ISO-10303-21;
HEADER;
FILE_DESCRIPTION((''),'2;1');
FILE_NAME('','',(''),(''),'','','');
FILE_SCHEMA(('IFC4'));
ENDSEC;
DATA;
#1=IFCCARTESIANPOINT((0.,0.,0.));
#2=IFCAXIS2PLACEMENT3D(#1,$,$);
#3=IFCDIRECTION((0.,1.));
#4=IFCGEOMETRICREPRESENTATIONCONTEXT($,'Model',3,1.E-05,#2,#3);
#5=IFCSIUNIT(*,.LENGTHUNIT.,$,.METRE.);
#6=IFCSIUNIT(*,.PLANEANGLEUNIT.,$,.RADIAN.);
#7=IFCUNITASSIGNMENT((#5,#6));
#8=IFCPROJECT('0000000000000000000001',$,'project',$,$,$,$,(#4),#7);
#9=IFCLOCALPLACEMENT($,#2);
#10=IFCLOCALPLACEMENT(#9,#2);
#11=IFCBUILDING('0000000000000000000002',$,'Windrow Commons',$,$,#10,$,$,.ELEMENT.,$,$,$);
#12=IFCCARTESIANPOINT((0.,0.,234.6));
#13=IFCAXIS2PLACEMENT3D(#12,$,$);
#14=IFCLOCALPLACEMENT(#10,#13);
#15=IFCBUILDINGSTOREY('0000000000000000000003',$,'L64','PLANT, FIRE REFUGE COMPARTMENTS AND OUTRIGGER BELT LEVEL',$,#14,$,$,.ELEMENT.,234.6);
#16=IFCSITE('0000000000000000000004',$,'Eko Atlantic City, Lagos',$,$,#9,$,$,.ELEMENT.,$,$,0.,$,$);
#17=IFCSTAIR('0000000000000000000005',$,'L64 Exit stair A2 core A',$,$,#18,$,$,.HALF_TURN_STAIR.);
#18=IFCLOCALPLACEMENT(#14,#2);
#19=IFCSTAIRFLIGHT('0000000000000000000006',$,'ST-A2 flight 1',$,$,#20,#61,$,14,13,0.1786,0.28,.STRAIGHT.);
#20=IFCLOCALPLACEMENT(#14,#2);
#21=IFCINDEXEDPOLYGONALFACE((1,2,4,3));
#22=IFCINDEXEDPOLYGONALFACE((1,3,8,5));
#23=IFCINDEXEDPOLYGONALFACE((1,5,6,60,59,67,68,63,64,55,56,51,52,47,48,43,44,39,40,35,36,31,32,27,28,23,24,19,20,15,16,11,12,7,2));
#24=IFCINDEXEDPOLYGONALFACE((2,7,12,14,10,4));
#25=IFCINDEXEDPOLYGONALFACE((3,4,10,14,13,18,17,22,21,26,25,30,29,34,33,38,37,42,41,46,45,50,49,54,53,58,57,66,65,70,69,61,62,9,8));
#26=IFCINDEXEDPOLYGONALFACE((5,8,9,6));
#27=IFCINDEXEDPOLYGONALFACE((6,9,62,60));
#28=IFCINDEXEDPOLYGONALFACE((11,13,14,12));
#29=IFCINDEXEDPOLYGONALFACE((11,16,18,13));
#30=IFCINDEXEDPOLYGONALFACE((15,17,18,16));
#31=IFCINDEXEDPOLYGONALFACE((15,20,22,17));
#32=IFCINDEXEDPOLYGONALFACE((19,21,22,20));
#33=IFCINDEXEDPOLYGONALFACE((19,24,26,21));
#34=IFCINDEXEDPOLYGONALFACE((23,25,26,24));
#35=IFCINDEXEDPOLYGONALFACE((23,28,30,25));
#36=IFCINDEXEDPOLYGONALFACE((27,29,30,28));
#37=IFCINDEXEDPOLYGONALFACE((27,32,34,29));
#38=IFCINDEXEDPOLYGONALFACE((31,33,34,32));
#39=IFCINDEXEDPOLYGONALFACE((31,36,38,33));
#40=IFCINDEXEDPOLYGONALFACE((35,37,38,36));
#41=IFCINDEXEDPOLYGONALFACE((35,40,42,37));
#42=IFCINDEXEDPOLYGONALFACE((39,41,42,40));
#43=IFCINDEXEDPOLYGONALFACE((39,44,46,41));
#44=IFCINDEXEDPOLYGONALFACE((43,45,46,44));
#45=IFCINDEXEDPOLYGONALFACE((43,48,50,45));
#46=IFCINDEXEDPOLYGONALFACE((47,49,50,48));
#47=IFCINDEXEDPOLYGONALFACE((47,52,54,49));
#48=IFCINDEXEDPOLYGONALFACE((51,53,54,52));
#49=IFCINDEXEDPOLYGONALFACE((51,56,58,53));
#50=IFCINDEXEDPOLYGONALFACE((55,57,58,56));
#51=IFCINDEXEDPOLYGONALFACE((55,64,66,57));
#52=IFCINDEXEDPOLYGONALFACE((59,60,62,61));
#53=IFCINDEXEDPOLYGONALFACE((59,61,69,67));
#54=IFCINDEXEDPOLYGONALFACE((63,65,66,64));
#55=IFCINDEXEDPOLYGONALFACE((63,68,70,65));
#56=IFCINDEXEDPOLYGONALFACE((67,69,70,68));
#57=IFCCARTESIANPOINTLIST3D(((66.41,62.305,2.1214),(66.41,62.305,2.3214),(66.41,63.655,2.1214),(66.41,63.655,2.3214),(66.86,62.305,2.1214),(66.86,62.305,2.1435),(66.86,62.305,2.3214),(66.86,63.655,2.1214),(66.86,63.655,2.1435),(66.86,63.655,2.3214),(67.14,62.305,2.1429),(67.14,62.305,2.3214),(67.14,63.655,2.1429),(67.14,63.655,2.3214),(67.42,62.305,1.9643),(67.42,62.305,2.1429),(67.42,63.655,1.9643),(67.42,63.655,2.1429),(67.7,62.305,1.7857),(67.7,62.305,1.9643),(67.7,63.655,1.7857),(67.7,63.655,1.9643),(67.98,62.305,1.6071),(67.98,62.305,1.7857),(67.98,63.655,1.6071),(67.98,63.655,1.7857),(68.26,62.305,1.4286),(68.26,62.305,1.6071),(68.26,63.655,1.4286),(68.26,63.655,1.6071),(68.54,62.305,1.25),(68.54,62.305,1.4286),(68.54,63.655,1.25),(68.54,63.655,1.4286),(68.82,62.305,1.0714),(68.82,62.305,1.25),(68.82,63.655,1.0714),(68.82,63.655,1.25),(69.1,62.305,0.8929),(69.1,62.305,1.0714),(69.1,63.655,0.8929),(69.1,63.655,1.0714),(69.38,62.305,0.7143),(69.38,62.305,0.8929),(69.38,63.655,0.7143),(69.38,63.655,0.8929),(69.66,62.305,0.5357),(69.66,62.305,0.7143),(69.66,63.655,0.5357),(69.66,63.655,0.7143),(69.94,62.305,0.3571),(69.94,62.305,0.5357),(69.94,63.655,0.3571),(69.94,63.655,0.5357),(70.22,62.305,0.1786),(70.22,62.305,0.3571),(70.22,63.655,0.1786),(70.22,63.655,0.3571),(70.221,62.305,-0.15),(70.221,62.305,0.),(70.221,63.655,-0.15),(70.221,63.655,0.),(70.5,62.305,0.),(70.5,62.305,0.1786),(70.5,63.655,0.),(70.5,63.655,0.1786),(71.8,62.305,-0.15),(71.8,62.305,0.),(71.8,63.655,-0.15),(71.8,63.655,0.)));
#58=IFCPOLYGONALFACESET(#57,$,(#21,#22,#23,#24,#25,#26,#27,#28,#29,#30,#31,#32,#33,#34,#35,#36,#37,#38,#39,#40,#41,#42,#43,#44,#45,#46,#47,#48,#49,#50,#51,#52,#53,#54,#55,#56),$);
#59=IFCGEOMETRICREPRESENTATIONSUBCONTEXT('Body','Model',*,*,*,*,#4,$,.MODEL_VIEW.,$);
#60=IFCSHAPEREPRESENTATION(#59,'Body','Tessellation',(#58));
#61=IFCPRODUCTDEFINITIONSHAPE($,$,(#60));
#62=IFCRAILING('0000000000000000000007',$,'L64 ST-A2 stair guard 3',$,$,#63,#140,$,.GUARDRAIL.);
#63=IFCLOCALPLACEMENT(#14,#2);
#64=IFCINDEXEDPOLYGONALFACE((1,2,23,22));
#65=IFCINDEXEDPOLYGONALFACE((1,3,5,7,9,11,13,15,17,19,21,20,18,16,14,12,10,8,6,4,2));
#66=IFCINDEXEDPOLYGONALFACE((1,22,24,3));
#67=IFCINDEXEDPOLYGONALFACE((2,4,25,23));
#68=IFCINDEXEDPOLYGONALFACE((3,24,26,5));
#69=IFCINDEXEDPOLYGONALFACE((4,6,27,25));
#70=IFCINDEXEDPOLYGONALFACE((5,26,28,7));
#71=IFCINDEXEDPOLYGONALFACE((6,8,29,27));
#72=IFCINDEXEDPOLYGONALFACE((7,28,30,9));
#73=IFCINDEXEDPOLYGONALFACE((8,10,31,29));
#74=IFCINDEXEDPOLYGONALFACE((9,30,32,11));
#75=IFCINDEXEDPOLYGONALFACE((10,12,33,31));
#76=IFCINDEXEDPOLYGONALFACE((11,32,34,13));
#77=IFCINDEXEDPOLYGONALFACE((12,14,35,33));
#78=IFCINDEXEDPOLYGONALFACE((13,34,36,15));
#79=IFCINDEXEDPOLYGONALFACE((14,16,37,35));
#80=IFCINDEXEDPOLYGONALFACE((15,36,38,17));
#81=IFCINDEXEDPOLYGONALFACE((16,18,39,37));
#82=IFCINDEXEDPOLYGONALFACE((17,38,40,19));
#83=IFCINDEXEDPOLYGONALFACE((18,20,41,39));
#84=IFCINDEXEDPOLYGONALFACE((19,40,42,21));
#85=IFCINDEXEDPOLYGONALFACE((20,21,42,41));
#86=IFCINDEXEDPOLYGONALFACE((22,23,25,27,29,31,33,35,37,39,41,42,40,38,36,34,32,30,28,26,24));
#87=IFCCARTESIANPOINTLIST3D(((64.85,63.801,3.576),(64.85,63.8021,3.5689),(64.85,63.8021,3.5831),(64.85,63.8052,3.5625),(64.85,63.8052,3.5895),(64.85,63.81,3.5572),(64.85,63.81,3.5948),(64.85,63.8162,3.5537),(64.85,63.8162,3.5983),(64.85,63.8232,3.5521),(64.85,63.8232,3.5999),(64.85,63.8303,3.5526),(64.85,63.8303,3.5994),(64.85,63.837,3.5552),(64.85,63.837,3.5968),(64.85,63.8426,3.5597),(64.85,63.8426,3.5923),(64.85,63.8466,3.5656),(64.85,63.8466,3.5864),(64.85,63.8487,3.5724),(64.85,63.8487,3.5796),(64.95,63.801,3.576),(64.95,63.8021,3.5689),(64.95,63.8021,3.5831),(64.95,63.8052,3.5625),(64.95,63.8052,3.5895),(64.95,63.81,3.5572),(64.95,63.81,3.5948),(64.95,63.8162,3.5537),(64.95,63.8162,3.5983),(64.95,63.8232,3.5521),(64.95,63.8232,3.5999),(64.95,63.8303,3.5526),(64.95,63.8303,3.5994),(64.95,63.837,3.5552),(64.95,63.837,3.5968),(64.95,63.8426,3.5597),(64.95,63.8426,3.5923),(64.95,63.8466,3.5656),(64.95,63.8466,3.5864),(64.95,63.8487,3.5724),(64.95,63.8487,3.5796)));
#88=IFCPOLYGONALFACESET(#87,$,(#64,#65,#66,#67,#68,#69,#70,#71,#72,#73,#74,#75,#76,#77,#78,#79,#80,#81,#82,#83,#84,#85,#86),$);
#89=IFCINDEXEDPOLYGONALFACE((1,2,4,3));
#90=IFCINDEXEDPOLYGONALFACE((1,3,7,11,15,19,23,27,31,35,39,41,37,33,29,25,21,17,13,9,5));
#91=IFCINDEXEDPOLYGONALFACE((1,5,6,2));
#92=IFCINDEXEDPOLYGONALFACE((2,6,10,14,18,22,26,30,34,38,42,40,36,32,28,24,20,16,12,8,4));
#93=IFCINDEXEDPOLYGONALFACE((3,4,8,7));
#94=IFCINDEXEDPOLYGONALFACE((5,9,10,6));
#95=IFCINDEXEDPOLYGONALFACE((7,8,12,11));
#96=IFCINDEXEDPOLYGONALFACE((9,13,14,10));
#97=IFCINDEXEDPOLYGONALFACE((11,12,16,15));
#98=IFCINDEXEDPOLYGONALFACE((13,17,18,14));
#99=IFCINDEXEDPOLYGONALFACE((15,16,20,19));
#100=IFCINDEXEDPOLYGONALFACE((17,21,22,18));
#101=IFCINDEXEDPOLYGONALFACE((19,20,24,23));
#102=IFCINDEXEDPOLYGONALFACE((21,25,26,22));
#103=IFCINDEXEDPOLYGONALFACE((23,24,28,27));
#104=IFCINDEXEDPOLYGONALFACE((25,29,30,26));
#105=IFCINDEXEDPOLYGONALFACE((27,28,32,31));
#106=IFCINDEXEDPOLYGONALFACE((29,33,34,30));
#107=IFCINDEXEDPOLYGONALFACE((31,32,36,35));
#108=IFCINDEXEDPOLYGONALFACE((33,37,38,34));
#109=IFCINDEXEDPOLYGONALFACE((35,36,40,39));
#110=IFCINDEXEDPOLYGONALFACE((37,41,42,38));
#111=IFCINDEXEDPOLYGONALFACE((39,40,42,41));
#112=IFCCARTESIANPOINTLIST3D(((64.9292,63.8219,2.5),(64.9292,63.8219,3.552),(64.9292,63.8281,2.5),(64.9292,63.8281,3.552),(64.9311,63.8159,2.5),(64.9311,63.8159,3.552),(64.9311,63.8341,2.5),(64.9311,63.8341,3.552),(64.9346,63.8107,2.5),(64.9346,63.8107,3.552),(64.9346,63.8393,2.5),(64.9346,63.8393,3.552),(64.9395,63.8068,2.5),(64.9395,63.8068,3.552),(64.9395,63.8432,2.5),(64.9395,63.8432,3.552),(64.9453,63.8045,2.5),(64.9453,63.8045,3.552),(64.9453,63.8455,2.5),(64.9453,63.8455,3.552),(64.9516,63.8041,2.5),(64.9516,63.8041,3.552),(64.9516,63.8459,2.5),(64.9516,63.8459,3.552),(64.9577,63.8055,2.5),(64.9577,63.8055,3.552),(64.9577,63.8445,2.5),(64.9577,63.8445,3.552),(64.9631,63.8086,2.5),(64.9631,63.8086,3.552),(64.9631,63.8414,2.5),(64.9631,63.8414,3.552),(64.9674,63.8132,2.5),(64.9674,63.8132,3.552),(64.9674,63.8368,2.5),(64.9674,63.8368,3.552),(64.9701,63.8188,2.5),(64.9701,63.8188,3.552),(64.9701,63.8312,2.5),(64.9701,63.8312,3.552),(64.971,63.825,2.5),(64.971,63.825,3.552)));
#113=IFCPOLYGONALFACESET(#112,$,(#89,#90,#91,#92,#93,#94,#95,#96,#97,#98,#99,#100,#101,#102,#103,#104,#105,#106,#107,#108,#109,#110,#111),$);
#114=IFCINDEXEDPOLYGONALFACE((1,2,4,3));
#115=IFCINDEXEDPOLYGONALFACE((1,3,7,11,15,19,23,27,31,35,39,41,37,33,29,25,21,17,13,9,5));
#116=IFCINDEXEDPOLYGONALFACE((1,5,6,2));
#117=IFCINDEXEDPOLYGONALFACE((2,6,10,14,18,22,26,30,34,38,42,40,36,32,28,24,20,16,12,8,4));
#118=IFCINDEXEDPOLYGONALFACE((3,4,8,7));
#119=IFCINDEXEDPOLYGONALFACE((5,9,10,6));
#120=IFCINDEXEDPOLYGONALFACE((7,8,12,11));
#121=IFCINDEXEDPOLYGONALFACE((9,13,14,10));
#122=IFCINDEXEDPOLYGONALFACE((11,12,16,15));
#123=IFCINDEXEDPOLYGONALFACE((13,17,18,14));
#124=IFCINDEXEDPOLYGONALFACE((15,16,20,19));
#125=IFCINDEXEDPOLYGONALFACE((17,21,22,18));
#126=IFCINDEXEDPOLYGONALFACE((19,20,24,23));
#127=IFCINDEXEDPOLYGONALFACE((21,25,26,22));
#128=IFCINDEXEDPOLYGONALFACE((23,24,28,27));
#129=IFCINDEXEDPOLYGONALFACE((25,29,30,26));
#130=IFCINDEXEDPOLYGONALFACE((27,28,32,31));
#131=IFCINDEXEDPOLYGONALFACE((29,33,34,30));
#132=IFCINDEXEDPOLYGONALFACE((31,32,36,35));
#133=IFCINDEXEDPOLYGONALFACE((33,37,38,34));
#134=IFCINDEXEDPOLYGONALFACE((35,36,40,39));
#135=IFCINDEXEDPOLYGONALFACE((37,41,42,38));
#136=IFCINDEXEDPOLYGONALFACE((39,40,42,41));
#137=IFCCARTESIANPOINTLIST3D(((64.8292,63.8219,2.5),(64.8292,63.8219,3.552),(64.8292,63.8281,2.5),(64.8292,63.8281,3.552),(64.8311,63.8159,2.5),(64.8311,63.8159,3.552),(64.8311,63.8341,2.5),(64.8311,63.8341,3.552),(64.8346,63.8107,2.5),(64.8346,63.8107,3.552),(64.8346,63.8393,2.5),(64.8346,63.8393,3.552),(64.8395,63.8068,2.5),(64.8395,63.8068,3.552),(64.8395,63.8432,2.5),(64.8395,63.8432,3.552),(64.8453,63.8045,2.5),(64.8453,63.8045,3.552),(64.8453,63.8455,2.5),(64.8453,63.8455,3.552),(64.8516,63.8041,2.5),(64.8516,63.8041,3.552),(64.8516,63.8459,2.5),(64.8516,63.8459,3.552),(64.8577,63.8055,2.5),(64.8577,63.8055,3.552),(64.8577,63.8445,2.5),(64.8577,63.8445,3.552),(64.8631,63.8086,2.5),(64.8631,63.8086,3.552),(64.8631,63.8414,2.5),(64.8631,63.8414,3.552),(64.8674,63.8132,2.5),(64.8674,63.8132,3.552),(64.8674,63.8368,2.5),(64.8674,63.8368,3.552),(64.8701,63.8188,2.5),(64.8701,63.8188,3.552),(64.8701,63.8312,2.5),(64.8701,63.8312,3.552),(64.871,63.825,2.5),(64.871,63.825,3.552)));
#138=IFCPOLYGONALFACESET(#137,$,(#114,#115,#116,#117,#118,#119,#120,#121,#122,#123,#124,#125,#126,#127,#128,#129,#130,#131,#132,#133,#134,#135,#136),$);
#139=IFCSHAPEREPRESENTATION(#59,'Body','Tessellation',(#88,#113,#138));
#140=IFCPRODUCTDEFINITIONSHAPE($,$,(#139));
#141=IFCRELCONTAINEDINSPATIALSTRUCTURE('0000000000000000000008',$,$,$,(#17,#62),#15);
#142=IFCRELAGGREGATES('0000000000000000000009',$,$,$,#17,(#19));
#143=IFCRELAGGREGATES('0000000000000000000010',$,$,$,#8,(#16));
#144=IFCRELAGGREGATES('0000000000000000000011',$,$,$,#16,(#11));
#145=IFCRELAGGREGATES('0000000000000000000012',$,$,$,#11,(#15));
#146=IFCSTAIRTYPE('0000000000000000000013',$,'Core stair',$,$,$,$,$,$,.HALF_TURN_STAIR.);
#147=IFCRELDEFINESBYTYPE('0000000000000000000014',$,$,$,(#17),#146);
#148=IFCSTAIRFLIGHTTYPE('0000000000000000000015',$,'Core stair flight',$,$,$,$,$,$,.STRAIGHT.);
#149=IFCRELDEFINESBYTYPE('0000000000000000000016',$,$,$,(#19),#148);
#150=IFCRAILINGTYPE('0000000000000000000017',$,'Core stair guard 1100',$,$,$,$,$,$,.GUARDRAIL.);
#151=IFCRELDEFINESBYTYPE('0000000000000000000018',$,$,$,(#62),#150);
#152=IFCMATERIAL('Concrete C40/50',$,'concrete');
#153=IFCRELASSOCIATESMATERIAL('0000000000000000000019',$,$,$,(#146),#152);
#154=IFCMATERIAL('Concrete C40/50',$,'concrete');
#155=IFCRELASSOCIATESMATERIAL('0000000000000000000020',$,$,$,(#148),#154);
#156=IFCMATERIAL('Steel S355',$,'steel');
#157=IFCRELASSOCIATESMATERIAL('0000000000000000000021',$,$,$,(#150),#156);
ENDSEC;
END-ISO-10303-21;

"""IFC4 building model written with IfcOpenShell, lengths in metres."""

from ifc_helpers import new_model, si_unit, direction, frame, origin, origin_2d, place, context, subcontext, project, spatial, polyline, circle, outline, extrude, material, type_object, element, aggregate, save


model = new_model("IFC4")

# Units and contexts
model_context = context("Model", 3, precision=1e-05, world=origin(), true_north=direction((0.0, 1.0)))
body_context = subcontext(model_context, "Body", "Model", "MODEL_VIEW")
ifc_project = project(units=[si_unit("LENGTHUNIT", "METRE"), si_unit("PLANEANGLEUNIT", "RADIAN")], contexts=[model_context])

# Site, building, storey
site_placement = place(None, origin())
site = spatial("IfcSite", under=ifc_project, at=site_placement, Name="Eko Atlantic City, Lagos", CompositionType="ELEMENT", RefElevation=0.0)
building_placement = place(site_placement, origin())
building = spatial("IfcBuilding", under=site, at=building_placement, Name="Windrow Commons", CompositionType="ELEMENT")
storey_placement = place(building_placement, frame((0.0, 0.0, 234.6)))
storey = spatial("IfcBuildingStorey", under=building, at=storey_placement, Name="L64", Description="PLANT, FIRE REFUGE COMPARTMENTS AND OUTRIGGER BELT LEVEL", CompositionType="ELEMENT", Elevation=234.6)

# Stair, stair flight
ifc_material_1 = material(Name="Concrete C40/50", Category="concrete")
stair_type = type_object("IfcStairType", Name="Core stair", PredefinedType="HALF_TURN_STAIR", material=ifc_material_1)
stair_placement = place(storey_placement, origin())
stair = element("IfcStair", 1, at=stair_placement, inside=storey, type_object=stair_type, Name="L64 Exit stair A2 core A", PredefinedType="HALF_TURN_STAIR")
ifc_material_2 = material(Name="Concrete C40/50", Category="concrete")
stair_flight_type = type_object("IfcStairFlightType", Name="Core stair flight", PredefinedType="STRAIGHT", material=ifc_material_2)
stair_flight_placement = place(storey_placement, frame((70.5, 62.98, 0.0), z_axis=(0.0, 0.0, 1.0), x_axis=(-1.0, 0.0, 0.0)))
stair_flight = element("IfcStairFlight", 2, at=stair_flight_placement, type_object=stair_flight_type, Name="ST-A2 flight 1", NumberOfRisers=14, NumberOfTreads=13, PredefinedType="STRAIGHT", RiserHeight=0.1786, TreadLength=0.28, context=body_context, shape_type="SweptSolid", body=[
    extrude(outline(polyline([(-1.3, -0.15), (-1.3, 0.0), (0.0, 0.0), (0.0, 0.1786), (0.28, 0.1786), (0.28, 0.3571), (0.56, 0.3571), (0.56, 0.5357), (0.84, 0.5357), (0.84, 0.7143), (1.12, 0.7143), (1.12, 0.8929), (1.4, 0.8929), (1.4, 1.0714), (1.68, 1.0714), (1.68, 1.25), (1.96, 1.25), (1.96, 1.4286), (2.24, 1.4286), (2.24, 1.6071), (2.52, 1.6071), (2.52, 1.7857), (2.8, 1.7857), (2.8, 1.9643), (3.08, 1.9643), (3.08, 2.1429), (3.36, 2.1429), (3.36, 2.3214), (3.64, 2.3214), (4.09, 2.3214), (4.09, 2.1214), (3.64, 2.1214), (3.64, 2.1435), (0.279, 0.0), (0.279, -0.15), (-1.3, -0.15)])), frame((0.0, 0.675, 0.0), z_axis=(0.0, -1.0, 0.0), x_axis=(1.0, 0.0, 0.0)), (0.0, 0.0, 1.0), 1.35),
])
aggregate(stair, [stair_flight])

# Railing
ifc_material_3 = material(Name="Steel S355", Category="steel")
railing_type_1 = type_object("IfcRailingType", Name="Core stair guard 1100", PredefinedType="GUARDRAIL", material=ifc_material_3)
railing_1_placement = place(storey_placement, frame((64.95, 63.825, 2.5)))
element("IfcRailing", 3, at=railing_1_placement, inside=storey, type_object=railing_type_1, Name="L64 ST-A2 stair guard 3", PredefinedType="GUARDRAIL", context=body_context, shape_type="SweptSolid", body=[
    extrude(circle(Radius=0.024, at=origin_2d()), frame((0.0, 0.0, 1.076), z_axis=(-1.0, 0.0, 0.0), x_axis=(0.0, -1.0, 0.0)), (0.0, 0.0, 1.0), 0.1),
    extrude(circle(Radius=0.021, at=origin_2d()), origin(), (0.0, 0.0, 1.0), 1.052),
    extrude(circle(Radius=0.021, at=origin_2d()), frame((-0.1, 0.0, 0.0)), (0.0, 0.0, 1.0), 1.052),
])

save(model, "model.ifc")
